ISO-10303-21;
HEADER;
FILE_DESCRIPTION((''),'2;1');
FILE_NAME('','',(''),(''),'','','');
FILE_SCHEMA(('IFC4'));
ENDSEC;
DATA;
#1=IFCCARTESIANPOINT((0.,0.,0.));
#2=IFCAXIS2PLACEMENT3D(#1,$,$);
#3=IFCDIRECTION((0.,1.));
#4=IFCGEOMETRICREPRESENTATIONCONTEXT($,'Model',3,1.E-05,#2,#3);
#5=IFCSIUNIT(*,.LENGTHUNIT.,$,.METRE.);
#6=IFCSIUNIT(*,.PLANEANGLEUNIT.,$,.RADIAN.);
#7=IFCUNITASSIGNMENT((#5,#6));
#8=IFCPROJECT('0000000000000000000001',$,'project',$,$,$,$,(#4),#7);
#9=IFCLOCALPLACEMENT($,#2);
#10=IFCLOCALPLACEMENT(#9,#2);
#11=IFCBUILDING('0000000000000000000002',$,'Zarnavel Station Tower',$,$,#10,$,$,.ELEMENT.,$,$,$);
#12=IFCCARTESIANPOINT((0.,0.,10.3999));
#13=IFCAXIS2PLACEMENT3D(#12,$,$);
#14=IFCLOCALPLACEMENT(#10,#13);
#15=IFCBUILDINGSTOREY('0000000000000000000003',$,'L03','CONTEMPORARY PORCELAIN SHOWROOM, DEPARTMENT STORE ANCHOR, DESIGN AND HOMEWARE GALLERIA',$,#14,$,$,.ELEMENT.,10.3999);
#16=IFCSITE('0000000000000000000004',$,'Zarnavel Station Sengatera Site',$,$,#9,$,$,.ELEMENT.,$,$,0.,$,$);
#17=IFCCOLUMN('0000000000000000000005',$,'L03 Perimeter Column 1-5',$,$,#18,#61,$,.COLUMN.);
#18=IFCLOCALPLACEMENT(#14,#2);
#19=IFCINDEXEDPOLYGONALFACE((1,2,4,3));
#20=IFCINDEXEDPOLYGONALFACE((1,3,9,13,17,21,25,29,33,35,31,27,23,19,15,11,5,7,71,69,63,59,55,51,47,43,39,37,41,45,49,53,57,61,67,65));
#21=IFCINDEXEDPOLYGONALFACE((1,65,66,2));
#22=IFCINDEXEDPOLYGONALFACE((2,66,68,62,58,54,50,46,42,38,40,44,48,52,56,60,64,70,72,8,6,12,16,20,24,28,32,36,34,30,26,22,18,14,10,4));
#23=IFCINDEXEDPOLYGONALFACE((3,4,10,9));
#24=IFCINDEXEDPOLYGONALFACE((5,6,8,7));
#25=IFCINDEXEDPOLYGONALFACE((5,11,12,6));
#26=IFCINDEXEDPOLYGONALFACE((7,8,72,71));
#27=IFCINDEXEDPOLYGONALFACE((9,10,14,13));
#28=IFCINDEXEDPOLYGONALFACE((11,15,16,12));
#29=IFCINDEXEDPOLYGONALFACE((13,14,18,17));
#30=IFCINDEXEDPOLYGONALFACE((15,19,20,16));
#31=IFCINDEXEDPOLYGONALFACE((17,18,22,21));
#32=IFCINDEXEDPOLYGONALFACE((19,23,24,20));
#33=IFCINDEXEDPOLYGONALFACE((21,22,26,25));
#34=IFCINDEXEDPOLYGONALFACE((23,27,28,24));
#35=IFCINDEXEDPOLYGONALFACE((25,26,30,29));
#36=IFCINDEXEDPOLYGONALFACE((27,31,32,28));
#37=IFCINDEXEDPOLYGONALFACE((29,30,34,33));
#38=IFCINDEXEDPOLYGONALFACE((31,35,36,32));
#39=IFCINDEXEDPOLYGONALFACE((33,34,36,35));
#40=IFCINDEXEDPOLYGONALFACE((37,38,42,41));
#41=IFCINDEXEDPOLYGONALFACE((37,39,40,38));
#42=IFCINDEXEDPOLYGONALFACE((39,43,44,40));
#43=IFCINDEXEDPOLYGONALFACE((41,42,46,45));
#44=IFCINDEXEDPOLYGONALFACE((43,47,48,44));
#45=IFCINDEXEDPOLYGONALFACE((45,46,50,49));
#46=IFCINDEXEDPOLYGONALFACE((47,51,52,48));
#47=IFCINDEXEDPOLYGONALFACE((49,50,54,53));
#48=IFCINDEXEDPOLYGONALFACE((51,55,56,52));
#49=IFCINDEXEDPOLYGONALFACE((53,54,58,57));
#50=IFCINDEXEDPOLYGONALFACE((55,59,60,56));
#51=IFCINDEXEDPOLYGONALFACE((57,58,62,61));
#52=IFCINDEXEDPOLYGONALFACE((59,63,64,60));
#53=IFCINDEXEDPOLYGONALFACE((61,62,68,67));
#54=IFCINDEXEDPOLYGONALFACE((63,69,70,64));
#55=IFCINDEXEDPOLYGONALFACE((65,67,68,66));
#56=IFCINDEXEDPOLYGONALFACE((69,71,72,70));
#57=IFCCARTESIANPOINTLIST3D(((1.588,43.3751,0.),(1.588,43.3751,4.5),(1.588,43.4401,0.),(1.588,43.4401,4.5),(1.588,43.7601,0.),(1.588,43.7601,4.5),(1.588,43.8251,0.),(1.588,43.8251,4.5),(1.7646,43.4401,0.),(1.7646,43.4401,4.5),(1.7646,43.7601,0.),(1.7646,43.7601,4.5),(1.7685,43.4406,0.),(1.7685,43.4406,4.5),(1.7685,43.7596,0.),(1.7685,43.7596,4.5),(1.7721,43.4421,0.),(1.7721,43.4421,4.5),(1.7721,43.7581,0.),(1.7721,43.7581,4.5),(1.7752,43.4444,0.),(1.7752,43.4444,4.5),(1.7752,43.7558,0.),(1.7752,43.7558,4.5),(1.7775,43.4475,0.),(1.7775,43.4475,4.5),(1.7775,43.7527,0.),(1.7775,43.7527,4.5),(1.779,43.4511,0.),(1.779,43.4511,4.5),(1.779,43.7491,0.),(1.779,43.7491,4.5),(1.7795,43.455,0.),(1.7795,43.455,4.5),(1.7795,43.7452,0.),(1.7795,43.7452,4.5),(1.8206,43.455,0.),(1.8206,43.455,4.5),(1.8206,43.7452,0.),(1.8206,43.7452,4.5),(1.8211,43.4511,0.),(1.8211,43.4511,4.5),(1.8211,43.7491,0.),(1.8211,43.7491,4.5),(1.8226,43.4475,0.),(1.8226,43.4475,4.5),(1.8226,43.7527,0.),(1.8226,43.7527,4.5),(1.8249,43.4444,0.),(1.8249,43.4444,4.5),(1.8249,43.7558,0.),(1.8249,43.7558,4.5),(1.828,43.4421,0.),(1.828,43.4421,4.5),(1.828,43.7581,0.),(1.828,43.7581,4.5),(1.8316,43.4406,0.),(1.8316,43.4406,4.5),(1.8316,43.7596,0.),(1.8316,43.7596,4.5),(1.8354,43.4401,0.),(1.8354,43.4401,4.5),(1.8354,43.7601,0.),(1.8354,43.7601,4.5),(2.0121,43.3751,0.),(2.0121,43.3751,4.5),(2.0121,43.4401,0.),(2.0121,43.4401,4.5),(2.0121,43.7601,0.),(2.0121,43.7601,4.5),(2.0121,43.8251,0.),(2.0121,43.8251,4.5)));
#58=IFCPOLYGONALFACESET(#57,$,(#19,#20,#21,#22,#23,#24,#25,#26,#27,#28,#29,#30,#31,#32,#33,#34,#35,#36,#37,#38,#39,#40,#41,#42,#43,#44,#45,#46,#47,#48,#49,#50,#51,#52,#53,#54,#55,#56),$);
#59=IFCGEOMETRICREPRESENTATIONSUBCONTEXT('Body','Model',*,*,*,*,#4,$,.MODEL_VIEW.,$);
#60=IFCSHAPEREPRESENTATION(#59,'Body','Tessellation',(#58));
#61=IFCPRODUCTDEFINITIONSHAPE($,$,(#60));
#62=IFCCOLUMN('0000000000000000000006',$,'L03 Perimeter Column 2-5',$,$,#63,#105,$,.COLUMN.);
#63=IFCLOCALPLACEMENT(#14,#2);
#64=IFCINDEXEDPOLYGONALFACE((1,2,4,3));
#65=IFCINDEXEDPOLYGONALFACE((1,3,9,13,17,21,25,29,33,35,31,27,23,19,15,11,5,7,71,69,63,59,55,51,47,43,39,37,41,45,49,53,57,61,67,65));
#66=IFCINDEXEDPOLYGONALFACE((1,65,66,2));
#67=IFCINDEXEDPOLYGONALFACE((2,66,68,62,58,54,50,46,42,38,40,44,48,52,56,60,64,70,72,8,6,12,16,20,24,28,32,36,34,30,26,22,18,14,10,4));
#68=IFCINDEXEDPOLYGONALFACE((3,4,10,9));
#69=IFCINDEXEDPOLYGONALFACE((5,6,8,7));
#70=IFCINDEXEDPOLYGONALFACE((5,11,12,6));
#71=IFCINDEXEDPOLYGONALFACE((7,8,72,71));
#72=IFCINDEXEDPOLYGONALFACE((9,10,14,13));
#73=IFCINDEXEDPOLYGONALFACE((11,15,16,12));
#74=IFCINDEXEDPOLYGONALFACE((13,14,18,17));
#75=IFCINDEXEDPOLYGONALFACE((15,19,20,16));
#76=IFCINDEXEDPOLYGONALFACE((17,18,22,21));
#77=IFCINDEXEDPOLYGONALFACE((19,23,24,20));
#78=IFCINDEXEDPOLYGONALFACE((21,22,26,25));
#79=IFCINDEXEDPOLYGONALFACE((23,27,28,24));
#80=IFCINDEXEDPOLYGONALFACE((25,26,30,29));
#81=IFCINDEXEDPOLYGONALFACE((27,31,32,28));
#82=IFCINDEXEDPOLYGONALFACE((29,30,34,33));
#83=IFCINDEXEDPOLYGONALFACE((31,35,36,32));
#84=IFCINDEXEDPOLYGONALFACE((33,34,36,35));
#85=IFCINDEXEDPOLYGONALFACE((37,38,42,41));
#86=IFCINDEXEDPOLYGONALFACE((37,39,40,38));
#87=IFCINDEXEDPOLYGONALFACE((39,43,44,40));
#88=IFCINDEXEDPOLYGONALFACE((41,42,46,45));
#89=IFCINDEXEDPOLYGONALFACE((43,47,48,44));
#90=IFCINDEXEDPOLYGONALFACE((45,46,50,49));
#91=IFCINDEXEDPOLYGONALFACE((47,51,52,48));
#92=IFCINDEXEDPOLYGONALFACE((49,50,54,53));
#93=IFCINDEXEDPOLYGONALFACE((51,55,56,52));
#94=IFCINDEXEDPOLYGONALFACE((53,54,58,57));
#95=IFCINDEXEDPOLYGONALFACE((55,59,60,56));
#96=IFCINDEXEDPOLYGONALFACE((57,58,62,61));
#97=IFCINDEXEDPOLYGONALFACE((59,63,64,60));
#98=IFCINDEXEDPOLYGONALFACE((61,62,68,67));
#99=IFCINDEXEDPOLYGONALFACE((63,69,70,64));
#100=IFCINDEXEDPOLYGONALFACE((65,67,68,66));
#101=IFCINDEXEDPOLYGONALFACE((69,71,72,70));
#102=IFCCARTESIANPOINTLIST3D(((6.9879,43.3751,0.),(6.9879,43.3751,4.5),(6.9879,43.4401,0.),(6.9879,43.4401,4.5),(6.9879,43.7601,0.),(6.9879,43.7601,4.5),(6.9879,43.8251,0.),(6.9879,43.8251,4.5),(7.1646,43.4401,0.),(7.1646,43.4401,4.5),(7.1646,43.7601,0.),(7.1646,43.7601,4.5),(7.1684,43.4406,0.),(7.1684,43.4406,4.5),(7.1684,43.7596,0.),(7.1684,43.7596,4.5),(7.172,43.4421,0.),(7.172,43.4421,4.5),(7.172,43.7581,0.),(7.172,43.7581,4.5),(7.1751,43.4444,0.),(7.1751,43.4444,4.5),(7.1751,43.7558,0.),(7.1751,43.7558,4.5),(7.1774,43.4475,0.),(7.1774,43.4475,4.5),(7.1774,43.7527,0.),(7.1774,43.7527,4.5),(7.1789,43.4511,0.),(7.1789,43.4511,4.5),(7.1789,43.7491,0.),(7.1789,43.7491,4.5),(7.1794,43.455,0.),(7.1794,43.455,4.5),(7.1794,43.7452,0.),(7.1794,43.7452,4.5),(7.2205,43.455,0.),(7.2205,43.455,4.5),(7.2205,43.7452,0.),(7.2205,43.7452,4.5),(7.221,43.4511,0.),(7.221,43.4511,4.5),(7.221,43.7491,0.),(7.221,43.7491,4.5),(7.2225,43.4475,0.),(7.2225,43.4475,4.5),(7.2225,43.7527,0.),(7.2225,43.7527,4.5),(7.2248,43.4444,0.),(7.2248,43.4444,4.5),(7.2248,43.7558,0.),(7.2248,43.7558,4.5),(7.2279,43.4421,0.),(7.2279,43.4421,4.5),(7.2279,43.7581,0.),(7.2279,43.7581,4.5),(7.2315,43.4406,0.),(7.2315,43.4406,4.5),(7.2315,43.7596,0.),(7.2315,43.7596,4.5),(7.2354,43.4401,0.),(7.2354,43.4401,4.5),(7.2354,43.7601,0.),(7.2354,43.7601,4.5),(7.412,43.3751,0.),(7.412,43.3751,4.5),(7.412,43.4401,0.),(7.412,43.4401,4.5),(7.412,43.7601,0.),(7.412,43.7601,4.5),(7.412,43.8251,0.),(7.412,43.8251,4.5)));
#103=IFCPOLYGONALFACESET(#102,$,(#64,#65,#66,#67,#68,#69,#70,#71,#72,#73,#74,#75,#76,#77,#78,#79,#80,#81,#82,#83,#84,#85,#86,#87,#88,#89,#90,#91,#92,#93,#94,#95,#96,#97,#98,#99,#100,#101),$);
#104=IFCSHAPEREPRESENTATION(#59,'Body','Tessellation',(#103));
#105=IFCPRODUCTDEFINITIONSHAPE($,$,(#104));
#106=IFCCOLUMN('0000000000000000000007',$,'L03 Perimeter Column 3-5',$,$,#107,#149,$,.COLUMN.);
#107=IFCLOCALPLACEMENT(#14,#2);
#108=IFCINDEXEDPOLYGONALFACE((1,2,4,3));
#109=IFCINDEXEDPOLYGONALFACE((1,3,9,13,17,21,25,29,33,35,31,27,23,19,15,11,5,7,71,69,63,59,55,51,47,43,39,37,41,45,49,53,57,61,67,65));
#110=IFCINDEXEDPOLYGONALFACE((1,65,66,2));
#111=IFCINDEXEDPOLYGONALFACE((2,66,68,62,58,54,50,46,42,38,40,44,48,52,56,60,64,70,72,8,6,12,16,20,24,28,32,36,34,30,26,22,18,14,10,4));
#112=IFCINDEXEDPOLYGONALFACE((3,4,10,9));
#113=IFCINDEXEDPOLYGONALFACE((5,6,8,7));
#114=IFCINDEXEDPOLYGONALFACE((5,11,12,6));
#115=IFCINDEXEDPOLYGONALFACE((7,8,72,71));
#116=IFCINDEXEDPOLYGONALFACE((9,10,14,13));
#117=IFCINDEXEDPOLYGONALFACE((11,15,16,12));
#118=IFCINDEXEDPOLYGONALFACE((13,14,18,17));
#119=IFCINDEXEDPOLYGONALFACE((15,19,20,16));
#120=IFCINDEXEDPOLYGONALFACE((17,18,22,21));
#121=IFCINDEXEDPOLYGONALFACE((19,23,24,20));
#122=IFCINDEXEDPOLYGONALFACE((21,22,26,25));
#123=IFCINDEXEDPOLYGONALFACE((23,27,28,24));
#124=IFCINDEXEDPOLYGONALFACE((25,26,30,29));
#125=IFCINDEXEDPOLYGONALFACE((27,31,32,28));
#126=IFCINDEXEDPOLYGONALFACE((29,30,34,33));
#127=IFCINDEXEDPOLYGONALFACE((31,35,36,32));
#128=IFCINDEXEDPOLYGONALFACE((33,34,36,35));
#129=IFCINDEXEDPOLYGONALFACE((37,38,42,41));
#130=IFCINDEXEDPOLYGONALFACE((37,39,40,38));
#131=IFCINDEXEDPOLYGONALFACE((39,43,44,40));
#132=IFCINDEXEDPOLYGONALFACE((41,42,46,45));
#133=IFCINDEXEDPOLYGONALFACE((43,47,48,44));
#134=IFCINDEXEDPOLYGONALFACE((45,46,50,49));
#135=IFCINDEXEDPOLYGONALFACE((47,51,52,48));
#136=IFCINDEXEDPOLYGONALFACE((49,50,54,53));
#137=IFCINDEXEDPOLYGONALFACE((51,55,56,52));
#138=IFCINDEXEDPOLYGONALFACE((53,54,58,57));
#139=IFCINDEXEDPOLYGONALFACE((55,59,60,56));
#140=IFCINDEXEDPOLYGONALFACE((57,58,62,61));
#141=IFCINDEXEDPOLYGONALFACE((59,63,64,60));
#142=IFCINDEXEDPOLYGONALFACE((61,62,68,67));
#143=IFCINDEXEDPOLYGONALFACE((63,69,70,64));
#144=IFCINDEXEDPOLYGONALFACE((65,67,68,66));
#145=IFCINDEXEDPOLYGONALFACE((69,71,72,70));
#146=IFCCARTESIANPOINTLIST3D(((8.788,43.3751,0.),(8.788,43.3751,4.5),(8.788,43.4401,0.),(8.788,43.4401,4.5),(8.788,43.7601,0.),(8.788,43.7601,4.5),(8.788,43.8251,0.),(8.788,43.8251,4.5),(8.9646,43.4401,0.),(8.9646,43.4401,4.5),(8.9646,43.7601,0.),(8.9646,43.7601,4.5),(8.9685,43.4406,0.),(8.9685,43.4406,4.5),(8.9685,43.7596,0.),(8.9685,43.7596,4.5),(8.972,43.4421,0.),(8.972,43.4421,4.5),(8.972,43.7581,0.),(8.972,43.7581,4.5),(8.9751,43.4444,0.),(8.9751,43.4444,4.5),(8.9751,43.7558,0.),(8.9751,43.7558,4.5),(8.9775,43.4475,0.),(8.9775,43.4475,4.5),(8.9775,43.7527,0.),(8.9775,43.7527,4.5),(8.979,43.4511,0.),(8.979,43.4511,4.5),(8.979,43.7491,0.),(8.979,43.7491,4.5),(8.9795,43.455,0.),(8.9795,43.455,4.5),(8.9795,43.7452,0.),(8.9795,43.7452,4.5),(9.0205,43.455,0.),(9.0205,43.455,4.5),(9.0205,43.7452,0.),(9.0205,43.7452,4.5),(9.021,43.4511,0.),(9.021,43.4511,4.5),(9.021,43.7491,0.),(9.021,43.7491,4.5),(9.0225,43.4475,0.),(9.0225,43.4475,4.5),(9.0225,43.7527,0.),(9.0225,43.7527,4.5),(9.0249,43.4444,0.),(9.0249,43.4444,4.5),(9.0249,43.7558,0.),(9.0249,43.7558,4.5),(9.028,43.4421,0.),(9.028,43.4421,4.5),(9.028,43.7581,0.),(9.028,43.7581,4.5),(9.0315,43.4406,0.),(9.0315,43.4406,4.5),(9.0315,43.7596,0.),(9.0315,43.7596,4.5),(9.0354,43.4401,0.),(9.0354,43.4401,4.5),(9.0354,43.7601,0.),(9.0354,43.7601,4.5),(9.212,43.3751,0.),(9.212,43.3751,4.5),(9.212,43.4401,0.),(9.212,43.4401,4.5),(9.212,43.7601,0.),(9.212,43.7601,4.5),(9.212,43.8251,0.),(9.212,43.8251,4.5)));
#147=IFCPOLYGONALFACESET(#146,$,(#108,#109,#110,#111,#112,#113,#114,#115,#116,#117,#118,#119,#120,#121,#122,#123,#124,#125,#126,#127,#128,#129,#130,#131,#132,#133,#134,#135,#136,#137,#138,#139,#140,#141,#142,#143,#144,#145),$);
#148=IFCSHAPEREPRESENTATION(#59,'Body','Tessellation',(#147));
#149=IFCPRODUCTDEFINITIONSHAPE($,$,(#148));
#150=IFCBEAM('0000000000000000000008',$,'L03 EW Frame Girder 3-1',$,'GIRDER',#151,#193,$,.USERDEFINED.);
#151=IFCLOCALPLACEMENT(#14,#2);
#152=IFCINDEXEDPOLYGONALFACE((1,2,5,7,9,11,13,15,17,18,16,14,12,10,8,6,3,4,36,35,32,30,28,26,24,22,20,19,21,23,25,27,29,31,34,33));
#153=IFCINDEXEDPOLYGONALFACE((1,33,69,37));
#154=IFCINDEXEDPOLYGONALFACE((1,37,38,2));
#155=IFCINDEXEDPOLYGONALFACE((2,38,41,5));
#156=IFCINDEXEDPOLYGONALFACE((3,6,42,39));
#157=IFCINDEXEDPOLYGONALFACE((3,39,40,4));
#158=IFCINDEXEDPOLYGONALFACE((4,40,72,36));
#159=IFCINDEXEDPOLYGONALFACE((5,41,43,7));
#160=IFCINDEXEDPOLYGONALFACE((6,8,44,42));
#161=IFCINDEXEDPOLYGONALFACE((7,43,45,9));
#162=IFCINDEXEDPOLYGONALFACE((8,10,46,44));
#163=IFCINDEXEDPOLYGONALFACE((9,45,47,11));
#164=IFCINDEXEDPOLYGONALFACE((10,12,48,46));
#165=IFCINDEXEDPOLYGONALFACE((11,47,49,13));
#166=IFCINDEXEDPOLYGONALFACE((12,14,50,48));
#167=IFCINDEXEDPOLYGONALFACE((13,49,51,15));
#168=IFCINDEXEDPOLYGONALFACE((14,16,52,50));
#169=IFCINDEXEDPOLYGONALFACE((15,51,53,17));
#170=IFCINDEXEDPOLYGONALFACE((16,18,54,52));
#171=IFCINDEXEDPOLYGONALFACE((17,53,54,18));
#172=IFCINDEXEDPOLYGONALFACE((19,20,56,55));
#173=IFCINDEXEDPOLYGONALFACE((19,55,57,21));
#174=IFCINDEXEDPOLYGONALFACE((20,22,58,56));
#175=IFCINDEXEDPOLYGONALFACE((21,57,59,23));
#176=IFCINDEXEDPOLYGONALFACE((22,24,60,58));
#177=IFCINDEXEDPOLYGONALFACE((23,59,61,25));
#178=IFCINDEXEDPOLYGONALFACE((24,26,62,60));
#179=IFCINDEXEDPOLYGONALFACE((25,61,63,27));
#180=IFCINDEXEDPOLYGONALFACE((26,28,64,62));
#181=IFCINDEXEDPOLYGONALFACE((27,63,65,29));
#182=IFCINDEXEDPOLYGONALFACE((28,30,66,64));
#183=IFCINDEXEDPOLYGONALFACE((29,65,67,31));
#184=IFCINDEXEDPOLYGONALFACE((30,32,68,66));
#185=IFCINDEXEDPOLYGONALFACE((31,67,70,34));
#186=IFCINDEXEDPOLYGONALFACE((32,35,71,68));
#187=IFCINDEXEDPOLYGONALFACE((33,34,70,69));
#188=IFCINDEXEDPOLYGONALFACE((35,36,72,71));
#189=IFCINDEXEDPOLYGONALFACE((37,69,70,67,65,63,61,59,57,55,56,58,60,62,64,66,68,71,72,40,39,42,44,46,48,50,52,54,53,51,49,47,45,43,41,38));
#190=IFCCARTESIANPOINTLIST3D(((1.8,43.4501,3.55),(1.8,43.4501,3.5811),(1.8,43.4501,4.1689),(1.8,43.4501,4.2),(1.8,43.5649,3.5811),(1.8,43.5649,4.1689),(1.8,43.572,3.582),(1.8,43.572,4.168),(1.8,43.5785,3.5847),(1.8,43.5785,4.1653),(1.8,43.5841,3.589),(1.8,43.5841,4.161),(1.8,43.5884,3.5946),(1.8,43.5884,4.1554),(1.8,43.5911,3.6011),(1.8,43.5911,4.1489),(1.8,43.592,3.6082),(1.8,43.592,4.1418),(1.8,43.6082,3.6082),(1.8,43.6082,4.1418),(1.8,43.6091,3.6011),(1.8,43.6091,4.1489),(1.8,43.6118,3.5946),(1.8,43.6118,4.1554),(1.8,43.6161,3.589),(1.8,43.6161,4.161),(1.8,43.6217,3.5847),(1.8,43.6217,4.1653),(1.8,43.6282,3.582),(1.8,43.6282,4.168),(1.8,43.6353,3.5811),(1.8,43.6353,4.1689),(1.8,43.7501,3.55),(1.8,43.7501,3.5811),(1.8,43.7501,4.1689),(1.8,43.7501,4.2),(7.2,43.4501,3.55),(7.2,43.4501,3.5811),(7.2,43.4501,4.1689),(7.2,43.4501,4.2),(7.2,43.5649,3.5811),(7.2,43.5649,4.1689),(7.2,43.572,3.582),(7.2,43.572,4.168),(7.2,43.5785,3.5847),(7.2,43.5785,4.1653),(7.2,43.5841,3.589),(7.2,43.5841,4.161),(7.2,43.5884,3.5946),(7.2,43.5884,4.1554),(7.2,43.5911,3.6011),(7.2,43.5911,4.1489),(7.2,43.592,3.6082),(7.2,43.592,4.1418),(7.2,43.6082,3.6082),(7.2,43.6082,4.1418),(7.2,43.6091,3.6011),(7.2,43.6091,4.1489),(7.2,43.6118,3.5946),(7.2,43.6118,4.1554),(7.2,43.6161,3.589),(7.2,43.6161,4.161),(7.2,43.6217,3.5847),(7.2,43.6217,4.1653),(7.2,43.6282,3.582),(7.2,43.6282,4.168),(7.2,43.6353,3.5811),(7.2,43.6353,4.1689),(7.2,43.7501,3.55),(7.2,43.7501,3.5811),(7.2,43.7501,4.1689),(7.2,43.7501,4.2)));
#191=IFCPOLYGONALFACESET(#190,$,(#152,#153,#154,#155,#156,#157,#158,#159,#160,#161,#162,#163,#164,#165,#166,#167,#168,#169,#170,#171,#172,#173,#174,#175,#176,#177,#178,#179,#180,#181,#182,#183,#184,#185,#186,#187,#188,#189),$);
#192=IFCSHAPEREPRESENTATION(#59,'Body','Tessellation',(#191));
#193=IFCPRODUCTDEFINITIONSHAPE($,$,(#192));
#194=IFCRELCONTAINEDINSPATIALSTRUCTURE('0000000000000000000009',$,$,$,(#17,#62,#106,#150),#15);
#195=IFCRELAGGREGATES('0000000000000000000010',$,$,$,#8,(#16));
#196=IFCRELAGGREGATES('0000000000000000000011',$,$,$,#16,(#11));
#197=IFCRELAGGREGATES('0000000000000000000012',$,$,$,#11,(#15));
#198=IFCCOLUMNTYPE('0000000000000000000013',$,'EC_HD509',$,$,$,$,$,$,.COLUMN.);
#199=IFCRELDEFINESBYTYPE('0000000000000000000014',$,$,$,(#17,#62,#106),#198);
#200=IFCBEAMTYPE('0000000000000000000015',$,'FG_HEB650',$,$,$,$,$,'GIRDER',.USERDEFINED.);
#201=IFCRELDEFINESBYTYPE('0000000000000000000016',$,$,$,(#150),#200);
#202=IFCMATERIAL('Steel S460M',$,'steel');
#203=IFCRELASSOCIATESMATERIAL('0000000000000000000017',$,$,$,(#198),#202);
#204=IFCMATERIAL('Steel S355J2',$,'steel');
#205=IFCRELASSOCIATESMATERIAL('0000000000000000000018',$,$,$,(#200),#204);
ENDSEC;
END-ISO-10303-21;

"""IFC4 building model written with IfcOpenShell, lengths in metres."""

from ifc_helpers import new_model, si_unit, direction, frame, origin, origin_2d, place, context, subcontext, project, spatial, i_section, extrude, material, material_profile, profile_set, type_object, element, save


model = new_model("IFC4")

# Units and contexts
model_context = context("Model", 3, precision=1e-05, world=origin(), true_north=direction((0.0, 1.0)))
body_context = subcontext(model_context, "Body", "Model", "MODEL_VIEW")
ifc_project = project(units=[si_unit("LENGTHUNIT", "METRE"), si_unit("PLANEANGLEUNIT", "RADIAN")], contexts=[model_context])

# Site, building, storey
site_placement = place(None, origin())
site = spatial("IfcSite", under=ifc_project, at=site_placement, Name="Zarnavel Station Sengatera Site", CompositionType="ELEMENT", RefElevation=0.0)
building_placement = place(site_placement, origin())
building = spatial("IfcBuilding", under=site, at=building_placement, Name="Zarnavel Station Tower", CompositionType="ELEMENT")
storey_placement = place(building_placement, frame((0.0, 0.0, 10.3999)))
storey = spatial("IfcBuildingStorey", under=building, at=storey_placement, Name="L03", Description="CONTEMPORARY PORCELAIN SHOWROOM, DEPARTMENT STORE ANCHOR, DESIGN AND HOMEWARE GALLERIA", CompositionType="ELEMENT", Elevation=10.3999)

# Columns
ifc_material_1 = material(Name="Steel S460M", Category="steel")
ifc_material_profile_1 = material_profile(ifc_material_1, i_section(OverallWidth=0.4241, OverallDepth=0.45, WebThickness=0.041, FlangeThickness=0.0649, FilletRadius=0.0149, at=origin_2d()), Name="HD400x509")
ifc_profile_set_1 = profile_set([ifc_material_profile_1], Name="Steel S460M")
column_type = type_object("IfcColumnType", Name="EC_HD509", PredefinedType="COLUMN", material=ifc_profile_set_1)
for number, where, z_axis, x_axis, name in (
    (1, (1.8, 43.6001, 0.0), (0.0, 0.0, 1.0), (1.0, 0.0, 0.0), "L03 Perimeter Column 1-5"),
    (2, (7.2, 43.6001, 0.0), (0.0, 0.0, 1.0), (1.0, 0.0, 0.0), "L03 Perimeter Column 2-5"),
    (3, (9.0, 43.6001, 0.0), (0.0, 0.0, 1.0), (1.0, 0.0, 0.0), "L03 Perimeter Column 3-5"),
):
    element("IfcColumn", number, at=place(storey_placement, frame(where, z_axis=z_axis, x_axis=x_axis)), inside=storey, type_object=column_type, Name=name, PredefinedType="COLUMN", context=body_context, shape_type="SweptSolid", body=[
        extrude(i_section(OverallWidth=0.4241, OverallDepth=0.45, WebThickness=0.041, FlangeThickness=0.0649, FilletRadius=0.0149, at=origin_2d()), origin(), (0.0, 0.0, 1.0), 4.5),
    ])

# Beam
ifc_material_2 = material(Name="Steel S355J2", Category="steel")
ifc_material_profile_2 = material_profile(ifc_material_2, i_section(OverallWidth=0.3, OverallDepth=0.6499, WebThickness=0.0161, FlangeThickness=0.031, FilletRadius=0.0271, at=origin_2d()), Name="HEB650")
ifc_profile_set_2 = profile_set([ifc_material_profile_2], Name="Steel S355J2")
beam_type = type_object("IfcBeamType", Name="FG_HEB650", ElementType="GIRDER", PredefinedType="USERDEFINED", material=ifc_profile_set_2)
beam_1_placement = place(storey_placement, frame((1.8, 43.6001, 3.875), z_axis=(1.0, 0.0, 0.0), x_axis=(0.0, 1.0, 0.0)))
element("IfcBeam", 4, at=beam_1_placement, inside=storey, type_object=beam_type, Name="L03 EW Frame Girder 3-1", ObjectType="GIRDER", PredefinedType="USERDEFINED", context=body_context, shape_type="SweptSolid", body=[
    extrude(i_section(OverallWidth=0.3, OverallDepth=0.6499, WebThickness=0.0161, FlangeThickness=0.031, FilletRadius=0.0271, at=origin_2d()), origin(), (0.0, 0.0, 1.0), 5.3999),
])

save(model, "model.ifc")
